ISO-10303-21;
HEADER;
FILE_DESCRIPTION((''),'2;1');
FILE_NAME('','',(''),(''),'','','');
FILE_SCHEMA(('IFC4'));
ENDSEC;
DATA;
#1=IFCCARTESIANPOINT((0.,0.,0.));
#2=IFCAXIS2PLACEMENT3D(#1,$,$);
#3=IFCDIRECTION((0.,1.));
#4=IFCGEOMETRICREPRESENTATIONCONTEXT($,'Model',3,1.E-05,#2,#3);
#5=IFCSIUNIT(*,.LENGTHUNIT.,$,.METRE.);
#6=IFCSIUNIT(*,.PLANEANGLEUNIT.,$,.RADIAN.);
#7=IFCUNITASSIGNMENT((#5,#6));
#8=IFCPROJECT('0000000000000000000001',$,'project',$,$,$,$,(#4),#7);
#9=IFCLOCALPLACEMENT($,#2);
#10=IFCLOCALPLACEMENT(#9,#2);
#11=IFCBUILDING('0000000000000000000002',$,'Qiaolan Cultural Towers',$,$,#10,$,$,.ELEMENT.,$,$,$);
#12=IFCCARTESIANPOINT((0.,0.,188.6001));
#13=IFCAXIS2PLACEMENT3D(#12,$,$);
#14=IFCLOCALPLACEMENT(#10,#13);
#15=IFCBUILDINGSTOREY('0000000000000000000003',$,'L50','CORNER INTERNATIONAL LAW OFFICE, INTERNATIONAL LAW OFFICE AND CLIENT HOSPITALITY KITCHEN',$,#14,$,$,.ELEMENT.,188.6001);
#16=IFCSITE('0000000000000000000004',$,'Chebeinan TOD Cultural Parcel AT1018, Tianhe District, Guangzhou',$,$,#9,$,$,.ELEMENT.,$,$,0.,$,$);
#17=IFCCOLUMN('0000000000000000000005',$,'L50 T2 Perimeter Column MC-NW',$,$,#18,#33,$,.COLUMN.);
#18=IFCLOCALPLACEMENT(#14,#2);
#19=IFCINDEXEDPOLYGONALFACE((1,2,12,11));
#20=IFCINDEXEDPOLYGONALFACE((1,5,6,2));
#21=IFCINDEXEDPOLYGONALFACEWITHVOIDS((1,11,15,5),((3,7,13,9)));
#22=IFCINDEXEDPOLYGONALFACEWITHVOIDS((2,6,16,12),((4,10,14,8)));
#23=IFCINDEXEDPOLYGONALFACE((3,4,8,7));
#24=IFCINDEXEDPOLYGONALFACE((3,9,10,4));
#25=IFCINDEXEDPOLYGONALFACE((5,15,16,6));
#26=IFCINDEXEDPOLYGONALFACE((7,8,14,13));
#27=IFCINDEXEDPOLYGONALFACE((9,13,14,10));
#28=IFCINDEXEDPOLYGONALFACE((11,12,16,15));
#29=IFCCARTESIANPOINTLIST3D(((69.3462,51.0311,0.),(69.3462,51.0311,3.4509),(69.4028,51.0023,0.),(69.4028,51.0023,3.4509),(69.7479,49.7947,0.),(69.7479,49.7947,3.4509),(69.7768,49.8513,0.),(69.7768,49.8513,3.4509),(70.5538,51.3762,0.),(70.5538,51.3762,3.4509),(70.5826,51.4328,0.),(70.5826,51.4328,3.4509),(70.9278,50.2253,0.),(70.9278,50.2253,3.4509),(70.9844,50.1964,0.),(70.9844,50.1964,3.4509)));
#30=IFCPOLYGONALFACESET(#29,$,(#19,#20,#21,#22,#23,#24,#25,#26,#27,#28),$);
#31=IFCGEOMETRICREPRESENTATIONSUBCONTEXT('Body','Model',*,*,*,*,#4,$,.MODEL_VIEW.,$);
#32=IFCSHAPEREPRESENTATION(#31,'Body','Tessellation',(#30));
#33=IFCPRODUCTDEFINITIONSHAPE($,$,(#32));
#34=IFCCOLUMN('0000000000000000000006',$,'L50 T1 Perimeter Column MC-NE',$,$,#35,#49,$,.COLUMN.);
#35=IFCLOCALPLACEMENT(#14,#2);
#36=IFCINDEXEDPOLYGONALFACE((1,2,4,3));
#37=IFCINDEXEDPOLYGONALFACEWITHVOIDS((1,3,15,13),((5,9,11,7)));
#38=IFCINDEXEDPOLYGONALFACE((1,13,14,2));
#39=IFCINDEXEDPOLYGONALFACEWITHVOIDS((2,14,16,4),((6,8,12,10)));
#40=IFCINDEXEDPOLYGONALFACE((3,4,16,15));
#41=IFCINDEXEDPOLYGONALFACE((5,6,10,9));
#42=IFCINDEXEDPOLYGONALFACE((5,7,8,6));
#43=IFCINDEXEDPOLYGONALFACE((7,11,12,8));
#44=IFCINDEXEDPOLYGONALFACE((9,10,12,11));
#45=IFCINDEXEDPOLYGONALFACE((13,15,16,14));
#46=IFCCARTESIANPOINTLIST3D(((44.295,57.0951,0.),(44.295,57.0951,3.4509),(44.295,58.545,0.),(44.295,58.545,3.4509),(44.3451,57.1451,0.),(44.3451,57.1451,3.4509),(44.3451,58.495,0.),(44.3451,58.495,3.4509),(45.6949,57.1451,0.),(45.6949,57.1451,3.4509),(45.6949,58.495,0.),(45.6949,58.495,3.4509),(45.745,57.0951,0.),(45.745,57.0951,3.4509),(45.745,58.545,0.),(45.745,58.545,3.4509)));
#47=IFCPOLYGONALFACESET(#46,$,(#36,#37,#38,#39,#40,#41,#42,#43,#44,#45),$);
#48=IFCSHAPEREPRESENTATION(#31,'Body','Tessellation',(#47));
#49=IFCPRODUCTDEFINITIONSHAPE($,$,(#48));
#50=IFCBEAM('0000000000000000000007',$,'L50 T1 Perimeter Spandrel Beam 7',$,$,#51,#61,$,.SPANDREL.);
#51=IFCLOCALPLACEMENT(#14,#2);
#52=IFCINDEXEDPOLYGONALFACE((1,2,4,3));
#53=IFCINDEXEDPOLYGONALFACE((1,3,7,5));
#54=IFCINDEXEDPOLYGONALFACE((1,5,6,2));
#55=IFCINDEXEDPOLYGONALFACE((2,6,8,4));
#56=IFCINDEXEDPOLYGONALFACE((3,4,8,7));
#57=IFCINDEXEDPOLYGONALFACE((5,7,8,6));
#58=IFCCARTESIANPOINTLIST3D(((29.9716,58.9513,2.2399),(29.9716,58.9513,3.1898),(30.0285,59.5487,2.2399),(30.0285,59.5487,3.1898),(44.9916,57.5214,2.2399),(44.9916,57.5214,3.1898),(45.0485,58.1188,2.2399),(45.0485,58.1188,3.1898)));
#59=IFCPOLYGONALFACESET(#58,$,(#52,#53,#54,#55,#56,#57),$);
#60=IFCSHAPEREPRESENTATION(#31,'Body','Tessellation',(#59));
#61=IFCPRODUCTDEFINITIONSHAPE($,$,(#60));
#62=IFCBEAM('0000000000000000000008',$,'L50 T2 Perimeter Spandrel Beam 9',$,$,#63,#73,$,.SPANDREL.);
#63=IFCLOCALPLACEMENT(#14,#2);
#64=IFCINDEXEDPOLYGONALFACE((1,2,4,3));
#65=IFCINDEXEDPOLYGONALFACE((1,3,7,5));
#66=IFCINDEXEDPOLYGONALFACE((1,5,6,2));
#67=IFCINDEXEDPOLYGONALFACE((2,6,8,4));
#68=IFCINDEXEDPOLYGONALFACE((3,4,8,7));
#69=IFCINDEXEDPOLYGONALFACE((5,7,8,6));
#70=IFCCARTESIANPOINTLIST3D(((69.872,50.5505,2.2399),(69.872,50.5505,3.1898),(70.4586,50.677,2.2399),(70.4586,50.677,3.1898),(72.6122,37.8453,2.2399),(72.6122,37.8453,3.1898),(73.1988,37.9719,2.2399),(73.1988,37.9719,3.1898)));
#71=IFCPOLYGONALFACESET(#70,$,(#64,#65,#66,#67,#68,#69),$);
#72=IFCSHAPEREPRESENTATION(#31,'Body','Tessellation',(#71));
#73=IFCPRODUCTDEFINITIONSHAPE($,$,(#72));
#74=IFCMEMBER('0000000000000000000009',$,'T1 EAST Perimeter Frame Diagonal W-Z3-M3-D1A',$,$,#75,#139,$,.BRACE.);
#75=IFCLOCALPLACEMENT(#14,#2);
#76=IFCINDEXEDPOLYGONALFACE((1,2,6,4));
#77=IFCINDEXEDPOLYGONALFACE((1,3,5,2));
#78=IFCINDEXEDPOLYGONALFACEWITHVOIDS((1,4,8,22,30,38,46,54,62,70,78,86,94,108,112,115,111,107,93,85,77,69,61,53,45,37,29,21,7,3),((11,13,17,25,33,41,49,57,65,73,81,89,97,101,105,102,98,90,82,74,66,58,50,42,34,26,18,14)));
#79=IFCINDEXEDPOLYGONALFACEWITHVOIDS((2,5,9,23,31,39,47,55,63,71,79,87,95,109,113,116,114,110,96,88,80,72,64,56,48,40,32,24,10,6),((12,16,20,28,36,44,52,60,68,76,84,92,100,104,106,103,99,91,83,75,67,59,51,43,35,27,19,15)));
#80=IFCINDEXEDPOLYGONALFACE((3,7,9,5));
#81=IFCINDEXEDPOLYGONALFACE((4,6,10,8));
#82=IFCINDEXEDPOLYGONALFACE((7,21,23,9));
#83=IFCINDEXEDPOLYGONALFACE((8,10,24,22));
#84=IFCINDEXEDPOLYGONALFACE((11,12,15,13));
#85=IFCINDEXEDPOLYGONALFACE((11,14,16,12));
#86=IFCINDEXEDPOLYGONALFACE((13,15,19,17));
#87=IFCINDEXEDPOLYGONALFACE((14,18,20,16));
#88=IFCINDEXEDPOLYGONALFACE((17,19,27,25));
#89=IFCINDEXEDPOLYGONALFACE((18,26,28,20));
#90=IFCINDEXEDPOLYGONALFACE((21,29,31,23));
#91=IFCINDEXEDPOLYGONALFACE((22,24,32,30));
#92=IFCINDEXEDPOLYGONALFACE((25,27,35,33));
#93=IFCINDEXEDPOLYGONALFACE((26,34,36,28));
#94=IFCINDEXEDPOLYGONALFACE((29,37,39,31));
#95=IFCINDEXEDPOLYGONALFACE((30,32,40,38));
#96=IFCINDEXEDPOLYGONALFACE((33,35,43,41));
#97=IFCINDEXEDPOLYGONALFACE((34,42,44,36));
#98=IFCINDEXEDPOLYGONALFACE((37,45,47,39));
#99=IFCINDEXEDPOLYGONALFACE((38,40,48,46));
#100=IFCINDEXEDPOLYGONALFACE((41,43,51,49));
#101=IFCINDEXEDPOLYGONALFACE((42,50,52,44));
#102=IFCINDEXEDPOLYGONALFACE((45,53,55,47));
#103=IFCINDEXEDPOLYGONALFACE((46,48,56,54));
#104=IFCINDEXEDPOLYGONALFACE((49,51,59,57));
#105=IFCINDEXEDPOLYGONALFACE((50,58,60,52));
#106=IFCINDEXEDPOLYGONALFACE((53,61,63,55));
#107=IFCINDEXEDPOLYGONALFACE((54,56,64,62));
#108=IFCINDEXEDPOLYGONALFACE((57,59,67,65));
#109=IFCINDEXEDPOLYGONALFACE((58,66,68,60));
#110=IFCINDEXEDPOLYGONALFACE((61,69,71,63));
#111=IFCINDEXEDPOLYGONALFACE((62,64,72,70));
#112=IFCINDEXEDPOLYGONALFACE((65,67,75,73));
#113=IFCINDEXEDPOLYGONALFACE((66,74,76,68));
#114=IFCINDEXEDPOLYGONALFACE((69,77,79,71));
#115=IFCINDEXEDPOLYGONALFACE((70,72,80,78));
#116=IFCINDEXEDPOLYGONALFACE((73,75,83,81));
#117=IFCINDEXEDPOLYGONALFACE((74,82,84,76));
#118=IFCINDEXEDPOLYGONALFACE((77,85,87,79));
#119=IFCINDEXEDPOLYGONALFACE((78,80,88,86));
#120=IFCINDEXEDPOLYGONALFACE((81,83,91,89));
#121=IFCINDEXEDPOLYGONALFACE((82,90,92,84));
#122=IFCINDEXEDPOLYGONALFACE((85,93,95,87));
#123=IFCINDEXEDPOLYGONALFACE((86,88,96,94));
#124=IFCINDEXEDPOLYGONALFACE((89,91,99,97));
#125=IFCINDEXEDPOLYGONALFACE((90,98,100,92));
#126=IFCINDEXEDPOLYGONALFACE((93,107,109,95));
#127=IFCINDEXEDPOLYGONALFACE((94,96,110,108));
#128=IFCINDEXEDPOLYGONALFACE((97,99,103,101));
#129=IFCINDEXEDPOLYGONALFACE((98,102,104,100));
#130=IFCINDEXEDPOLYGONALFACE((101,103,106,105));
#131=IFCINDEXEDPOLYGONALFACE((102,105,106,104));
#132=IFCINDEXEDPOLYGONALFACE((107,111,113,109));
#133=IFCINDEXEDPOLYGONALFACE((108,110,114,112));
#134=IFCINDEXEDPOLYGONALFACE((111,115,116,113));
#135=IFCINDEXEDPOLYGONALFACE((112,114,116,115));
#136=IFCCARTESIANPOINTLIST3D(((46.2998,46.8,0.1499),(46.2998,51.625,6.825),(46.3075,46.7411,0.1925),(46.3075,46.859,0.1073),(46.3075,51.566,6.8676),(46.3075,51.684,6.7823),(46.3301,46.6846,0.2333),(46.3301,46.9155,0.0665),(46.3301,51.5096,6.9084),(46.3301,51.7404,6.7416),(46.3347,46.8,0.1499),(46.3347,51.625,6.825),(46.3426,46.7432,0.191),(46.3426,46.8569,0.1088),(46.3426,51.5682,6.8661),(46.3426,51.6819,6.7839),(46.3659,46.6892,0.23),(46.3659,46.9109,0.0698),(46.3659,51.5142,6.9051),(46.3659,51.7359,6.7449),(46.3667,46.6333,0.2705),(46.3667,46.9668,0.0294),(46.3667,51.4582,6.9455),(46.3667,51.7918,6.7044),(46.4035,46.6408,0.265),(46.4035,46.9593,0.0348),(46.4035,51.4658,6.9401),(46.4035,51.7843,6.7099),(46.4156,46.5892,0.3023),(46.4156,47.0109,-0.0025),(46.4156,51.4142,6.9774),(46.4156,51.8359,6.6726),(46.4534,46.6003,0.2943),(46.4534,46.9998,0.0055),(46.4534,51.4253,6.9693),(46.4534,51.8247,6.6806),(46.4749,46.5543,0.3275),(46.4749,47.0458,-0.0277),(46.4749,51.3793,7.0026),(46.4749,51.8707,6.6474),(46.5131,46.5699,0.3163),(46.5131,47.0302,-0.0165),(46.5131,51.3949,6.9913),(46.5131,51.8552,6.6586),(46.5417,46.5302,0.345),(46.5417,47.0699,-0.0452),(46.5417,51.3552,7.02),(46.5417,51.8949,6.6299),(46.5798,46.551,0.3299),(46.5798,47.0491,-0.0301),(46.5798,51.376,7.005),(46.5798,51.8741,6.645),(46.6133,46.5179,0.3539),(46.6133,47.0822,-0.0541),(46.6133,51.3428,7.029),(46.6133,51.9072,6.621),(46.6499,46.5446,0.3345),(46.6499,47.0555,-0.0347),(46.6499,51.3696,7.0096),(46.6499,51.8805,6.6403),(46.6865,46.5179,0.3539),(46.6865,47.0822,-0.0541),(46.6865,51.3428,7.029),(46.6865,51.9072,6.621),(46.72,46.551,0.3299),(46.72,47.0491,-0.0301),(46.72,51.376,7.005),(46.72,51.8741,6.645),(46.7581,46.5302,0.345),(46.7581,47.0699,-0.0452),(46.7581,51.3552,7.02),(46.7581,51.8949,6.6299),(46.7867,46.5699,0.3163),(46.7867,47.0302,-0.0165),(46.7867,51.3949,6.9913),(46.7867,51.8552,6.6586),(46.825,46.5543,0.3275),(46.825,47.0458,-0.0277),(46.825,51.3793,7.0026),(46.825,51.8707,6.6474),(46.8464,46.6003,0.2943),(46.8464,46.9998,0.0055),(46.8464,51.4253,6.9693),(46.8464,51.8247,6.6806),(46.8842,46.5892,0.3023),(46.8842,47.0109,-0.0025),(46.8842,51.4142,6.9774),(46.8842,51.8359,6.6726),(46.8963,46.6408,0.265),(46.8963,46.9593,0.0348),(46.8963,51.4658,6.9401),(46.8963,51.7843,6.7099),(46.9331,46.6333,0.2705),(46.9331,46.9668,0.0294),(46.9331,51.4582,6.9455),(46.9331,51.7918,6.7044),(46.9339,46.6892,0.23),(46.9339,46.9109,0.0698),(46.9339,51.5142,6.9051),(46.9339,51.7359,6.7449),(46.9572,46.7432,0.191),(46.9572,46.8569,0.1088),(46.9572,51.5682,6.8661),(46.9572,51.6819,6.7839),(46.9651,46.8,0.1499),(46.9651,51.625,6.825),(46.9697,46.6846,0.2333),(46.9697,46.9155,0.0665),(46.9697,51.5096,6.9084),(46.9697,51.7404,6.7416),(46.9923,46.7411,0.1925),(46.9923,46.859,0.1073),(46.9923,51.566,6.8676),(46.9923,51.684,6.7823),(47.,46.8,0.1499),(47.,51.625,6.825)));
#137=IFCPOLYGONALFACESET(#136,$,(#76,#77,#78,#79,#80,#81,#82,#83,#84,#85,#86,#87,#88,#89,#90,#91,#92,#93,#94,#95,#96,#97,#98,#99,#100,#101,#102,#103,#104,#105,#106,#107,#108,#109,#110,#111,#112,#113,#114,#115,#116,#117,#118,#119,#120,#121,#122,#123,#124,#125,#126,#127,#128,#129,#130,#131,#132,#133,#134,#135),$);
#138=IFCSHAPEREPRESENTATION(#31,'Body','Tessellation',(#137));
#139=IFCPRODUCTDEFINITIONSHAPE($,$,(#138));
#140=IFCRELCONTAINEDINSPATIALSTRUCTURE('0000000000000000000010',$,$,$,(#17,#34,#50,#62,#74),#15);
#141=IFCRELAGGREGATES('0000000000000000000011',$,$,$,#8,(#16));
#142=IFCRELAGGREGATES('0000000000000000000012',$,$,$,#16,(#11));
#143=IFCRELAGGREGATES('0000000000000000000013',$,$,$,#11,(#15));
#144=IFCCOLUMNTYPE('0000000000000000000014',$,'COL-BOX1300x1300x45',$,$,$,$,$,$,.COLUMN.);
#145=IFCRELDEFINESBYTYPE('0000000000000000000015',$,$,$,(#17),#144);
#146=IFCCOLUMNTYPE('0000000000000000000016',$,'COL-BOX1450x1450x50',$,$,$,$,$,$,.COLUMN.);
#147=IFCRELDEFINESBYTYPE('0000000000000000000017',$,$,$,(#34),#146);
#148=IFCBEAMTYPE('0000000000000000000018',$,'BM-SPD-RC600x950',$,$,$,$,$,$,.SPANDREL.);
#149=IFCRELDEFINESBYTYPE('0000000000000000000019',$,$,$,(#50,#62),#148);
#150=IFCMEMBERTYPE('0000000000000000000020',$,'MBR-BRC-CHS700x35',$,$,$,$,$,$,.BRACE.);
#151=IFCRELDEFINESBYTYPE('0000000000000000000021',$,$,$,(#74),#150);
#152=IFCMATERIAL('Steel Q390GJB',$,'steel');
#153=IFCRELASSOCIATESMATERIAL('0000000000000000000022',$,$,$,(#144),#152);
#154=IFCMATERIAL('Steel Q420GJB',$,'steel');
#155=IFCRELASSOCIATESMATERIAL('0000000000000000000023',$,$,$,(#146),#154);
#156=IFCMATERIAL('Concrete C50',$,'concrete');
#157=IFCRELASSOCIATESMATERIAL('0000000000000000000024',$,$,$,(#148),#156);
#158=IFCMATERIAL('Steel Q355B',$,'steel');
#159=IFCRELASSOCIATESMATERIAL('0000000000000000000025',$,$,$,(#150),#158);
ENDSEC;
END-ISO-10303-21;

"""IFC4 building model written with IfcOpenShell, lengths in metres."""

from ifc_helpers import new_model, si_unit, direction, frame, origin, origin_2d, place, context, subcontext, project, spatial, rectangle, hollow_rectangle, hollow_circle, extrude, material, material_profile, profile_set, type_object, element, save


model = new_model("IFC4")

# Units and contexts
model_context = context("Model", 3, precision=1e-05, world=origin(), true_north=direction((0.0, 1.0)))
body_context = subcontext(model_context, "Body", "Model", "MODEL_VIEW")
ifc_project = project(units=[si_unit("LENGTHUNIT", "METRE"), si_unit("PLANEANGLEUNIT", "RADIAN")], contexts=[model_context])

# Site, building, storey
site_placement = place(None, origin())
site = spatial("IfcSite", under=ifc_project, at=site_placement, Name="Chebeinan TOD Cultural Parcel AT1018, Tianhe District, Guangzhou", CompositionType="ELEMENT", RefElevation=0.0)
building_placement = place(site_placement, origin())
building = spatial("IfcBuilding", under=site, at=building_placement, Name="Qiaolan Cultural Towers", CompositionType="ELEMENT")
storey_placement = place(building_placement, frame((0.0, 0.0, 188.6001)))
storey = spatial("IfcBuildingStorey", under=building, at=storey_placement, Name="L50", Description="CORNER INTERNATIONAL LAW OFFICE, INTERNATIONAL LAW OFFICE AND CLIENT HOSPITALITY KITCHEN", CompositionType="ELEMENT", Elevation=188.6001)

# Columns
ifc_material_1 = material(Name="Steel Q390GJB", Category="steel")
ifc_material_profile_1 = material_profile(ifc_material_1, hollow_rectangle(XDim=1.3, YDim=1.3, WallThickness=0.0449, at=origin_2d()), Name="BOX1300x1300x45")
ifc_profile_set_1 = profile_set([ifc_material_profile_1], Name="Steel Q390GJB")
column_type_1 = type_object("IfcColumnType", Name="COL-BOX1300x1300x45", PredefinedType="COLUMN", material=ifc_profile_set_1)
column_1_placement = place(storey_placement, frame((70.1653, 50.6138, 0.0), z_axis=(0.0, 0.0, 1.0), x_axis=(0.951057, 0.309017, 0.0)))
element("IfcColumn", 1, at=column_1_placement, inside=storey, type_object=column_type_1, Name="L50 T2 Perimeter Column MC-NW", PredefinedType="COLUMN", context=body_context, shape_type="SweptSolid", body=[
    extrude(hollow_rectangle(XDim=1.3, YDim=1.3, WallThickness=0.0449, at=origin_2d()), origin(), (0.0, 0.0, 1.0), 3.4509),
])
ifc_material_2 = material(Name="Steel Q420GJB", Category="steel")
ifc_material_profile_2 = material_profile(ifc_material_2, hollow_rectangle(XDim=1.45, YDim=1.45, WallThickness=0.05, at=origin_2d()), Name="BOX1450x1450x50")
ifc_profile_set_2 = profile_set([ifc_material_profile_2], Name="Steel Q420GJB")
column_type_2 = type_object("IfcColumnType", Name="COL-BOX1450x1450x50", PredefinedType="COLUMN", material=ifc_profile_set_2)
column_2_placement = place(storey_placement, frame((45.02, 57.8201, 0.0), z_axis=(0.0, 0.0, 1.0), x_axis=(1.0, 0.0, 0.0)))
element("IfcColumn", 2, at=column_2_placement, inside=storey, type_object=column_type_2, Name="L50 T1 Perimeter Column MC-NE", PredefinedType="COLUMN", context=body_context, shape_type="SweptSolid", body=[
    extrude(hollow_rectangle(XDim=1.45, YDim=1.45, WallThickness=0.05, at=origin_2d()), origin(), (0.0, 0.0, 1.0), 3.4509),
])

# Beams
ifc_material_3 = material(Name="Concrete C50", Category="concrete")
ifc_material_profile_3 = material_profile(ifc_material_3, rectangle(XDim=0.6001, YDim=0.95, at=origin_2d()), Name="RC600x950")
ifc_profile_set_3 = profile_set([ifc_material_profile_3], Name="Concrete C50")
beam_type = type_object("IfcBeamType", Name="BM-SPD-RC600x950", PredefinedType="SPANDREL", material=ifc_profile_set_3)
beam_1_placement = place(storey_placement, frame((45.02, 57.8201, 2.7148), z_axis=(-0.995499, 0.094773, 0.0), x_axis=(-0.094773, -0.995499, 0.0)))
element("IfcBeam", 3, at=beam_1_placement, inside=storey, type_object=beam_type, Name="L50 T1 Perimeter Spandrel Beam 7", PredefinedType="SPANDREL", context=body_context, shape_type="SweptSolid", body=[
    extrude(rectangle(XDim=0.6001, YDim=0.95, at=origin_2d()), origin(), (0.0, 0.0, 1.0), 15.0879),
])
beam_2_placement = place(storey_placement, frame((70.1653, 50.6138, 2.7148), z_axis=(0.210832, -0.977522, 0.0), x_axis=(0.977522, 0.210832, 0.0)))
element("IfcBeam", 4, at=beam_2_placement, inside=storey, type_object=beam_type, Name="L50 T2 Perimeter Spandrel Beam 9", PredefinedType="SPANDREL", context=body_context, shape_type="SweptSolid", body=[
    extrude(rectangle(XDim=0.6001, YDim=0.95, at=origin_2d()), origin(), (0.0, 0.0, 1.0), 12.9973),
])

# Member
ifc_material_4 = material(Name="Steel Q355B", Category="steel")
ifc_material_profile_4 = material_profile(ifc_material_4, hollow_circle(Radius=0.3501, WallThickness=0.0349, at=origin_2d()), Name="CHS700x35")
ifc_profile_set_4 = profile_set([ifc_material_profile_4], Name="Steel Q355B")
member_type = type_object("IfcMemberType", Name="MBR-BRC-CHS700x35", PredefinedType="BRACE", material=ifc_profile_set_4)
for number, where, z_axis, x_axis, name in (
    (5, (46.6499, 46.8, 0.1499), (0.0, 0.585816, 0.810444), (-1.0, 0.0, 0.0), "T1 EAST Perimeter Frame Diagonal W-Z3-M3-D1A"),
):
    element("IfcMember", number, at=place(storey_placement, frame(where, z_axis=z_axis, x_axis=x_axis)), inside=storey, type_object=member_type, Name=name, PredefinedType="BRACE", context=body_context, shape_type="SweptSolid", body=[
        extrude(hollow_circle(Radius=0.3501, WallThickness=0.0349, at=origin_2d()), origin(), (0.0, 0.0, 1.0), 8.2363),
    ])

save(model, "model.ifc")
